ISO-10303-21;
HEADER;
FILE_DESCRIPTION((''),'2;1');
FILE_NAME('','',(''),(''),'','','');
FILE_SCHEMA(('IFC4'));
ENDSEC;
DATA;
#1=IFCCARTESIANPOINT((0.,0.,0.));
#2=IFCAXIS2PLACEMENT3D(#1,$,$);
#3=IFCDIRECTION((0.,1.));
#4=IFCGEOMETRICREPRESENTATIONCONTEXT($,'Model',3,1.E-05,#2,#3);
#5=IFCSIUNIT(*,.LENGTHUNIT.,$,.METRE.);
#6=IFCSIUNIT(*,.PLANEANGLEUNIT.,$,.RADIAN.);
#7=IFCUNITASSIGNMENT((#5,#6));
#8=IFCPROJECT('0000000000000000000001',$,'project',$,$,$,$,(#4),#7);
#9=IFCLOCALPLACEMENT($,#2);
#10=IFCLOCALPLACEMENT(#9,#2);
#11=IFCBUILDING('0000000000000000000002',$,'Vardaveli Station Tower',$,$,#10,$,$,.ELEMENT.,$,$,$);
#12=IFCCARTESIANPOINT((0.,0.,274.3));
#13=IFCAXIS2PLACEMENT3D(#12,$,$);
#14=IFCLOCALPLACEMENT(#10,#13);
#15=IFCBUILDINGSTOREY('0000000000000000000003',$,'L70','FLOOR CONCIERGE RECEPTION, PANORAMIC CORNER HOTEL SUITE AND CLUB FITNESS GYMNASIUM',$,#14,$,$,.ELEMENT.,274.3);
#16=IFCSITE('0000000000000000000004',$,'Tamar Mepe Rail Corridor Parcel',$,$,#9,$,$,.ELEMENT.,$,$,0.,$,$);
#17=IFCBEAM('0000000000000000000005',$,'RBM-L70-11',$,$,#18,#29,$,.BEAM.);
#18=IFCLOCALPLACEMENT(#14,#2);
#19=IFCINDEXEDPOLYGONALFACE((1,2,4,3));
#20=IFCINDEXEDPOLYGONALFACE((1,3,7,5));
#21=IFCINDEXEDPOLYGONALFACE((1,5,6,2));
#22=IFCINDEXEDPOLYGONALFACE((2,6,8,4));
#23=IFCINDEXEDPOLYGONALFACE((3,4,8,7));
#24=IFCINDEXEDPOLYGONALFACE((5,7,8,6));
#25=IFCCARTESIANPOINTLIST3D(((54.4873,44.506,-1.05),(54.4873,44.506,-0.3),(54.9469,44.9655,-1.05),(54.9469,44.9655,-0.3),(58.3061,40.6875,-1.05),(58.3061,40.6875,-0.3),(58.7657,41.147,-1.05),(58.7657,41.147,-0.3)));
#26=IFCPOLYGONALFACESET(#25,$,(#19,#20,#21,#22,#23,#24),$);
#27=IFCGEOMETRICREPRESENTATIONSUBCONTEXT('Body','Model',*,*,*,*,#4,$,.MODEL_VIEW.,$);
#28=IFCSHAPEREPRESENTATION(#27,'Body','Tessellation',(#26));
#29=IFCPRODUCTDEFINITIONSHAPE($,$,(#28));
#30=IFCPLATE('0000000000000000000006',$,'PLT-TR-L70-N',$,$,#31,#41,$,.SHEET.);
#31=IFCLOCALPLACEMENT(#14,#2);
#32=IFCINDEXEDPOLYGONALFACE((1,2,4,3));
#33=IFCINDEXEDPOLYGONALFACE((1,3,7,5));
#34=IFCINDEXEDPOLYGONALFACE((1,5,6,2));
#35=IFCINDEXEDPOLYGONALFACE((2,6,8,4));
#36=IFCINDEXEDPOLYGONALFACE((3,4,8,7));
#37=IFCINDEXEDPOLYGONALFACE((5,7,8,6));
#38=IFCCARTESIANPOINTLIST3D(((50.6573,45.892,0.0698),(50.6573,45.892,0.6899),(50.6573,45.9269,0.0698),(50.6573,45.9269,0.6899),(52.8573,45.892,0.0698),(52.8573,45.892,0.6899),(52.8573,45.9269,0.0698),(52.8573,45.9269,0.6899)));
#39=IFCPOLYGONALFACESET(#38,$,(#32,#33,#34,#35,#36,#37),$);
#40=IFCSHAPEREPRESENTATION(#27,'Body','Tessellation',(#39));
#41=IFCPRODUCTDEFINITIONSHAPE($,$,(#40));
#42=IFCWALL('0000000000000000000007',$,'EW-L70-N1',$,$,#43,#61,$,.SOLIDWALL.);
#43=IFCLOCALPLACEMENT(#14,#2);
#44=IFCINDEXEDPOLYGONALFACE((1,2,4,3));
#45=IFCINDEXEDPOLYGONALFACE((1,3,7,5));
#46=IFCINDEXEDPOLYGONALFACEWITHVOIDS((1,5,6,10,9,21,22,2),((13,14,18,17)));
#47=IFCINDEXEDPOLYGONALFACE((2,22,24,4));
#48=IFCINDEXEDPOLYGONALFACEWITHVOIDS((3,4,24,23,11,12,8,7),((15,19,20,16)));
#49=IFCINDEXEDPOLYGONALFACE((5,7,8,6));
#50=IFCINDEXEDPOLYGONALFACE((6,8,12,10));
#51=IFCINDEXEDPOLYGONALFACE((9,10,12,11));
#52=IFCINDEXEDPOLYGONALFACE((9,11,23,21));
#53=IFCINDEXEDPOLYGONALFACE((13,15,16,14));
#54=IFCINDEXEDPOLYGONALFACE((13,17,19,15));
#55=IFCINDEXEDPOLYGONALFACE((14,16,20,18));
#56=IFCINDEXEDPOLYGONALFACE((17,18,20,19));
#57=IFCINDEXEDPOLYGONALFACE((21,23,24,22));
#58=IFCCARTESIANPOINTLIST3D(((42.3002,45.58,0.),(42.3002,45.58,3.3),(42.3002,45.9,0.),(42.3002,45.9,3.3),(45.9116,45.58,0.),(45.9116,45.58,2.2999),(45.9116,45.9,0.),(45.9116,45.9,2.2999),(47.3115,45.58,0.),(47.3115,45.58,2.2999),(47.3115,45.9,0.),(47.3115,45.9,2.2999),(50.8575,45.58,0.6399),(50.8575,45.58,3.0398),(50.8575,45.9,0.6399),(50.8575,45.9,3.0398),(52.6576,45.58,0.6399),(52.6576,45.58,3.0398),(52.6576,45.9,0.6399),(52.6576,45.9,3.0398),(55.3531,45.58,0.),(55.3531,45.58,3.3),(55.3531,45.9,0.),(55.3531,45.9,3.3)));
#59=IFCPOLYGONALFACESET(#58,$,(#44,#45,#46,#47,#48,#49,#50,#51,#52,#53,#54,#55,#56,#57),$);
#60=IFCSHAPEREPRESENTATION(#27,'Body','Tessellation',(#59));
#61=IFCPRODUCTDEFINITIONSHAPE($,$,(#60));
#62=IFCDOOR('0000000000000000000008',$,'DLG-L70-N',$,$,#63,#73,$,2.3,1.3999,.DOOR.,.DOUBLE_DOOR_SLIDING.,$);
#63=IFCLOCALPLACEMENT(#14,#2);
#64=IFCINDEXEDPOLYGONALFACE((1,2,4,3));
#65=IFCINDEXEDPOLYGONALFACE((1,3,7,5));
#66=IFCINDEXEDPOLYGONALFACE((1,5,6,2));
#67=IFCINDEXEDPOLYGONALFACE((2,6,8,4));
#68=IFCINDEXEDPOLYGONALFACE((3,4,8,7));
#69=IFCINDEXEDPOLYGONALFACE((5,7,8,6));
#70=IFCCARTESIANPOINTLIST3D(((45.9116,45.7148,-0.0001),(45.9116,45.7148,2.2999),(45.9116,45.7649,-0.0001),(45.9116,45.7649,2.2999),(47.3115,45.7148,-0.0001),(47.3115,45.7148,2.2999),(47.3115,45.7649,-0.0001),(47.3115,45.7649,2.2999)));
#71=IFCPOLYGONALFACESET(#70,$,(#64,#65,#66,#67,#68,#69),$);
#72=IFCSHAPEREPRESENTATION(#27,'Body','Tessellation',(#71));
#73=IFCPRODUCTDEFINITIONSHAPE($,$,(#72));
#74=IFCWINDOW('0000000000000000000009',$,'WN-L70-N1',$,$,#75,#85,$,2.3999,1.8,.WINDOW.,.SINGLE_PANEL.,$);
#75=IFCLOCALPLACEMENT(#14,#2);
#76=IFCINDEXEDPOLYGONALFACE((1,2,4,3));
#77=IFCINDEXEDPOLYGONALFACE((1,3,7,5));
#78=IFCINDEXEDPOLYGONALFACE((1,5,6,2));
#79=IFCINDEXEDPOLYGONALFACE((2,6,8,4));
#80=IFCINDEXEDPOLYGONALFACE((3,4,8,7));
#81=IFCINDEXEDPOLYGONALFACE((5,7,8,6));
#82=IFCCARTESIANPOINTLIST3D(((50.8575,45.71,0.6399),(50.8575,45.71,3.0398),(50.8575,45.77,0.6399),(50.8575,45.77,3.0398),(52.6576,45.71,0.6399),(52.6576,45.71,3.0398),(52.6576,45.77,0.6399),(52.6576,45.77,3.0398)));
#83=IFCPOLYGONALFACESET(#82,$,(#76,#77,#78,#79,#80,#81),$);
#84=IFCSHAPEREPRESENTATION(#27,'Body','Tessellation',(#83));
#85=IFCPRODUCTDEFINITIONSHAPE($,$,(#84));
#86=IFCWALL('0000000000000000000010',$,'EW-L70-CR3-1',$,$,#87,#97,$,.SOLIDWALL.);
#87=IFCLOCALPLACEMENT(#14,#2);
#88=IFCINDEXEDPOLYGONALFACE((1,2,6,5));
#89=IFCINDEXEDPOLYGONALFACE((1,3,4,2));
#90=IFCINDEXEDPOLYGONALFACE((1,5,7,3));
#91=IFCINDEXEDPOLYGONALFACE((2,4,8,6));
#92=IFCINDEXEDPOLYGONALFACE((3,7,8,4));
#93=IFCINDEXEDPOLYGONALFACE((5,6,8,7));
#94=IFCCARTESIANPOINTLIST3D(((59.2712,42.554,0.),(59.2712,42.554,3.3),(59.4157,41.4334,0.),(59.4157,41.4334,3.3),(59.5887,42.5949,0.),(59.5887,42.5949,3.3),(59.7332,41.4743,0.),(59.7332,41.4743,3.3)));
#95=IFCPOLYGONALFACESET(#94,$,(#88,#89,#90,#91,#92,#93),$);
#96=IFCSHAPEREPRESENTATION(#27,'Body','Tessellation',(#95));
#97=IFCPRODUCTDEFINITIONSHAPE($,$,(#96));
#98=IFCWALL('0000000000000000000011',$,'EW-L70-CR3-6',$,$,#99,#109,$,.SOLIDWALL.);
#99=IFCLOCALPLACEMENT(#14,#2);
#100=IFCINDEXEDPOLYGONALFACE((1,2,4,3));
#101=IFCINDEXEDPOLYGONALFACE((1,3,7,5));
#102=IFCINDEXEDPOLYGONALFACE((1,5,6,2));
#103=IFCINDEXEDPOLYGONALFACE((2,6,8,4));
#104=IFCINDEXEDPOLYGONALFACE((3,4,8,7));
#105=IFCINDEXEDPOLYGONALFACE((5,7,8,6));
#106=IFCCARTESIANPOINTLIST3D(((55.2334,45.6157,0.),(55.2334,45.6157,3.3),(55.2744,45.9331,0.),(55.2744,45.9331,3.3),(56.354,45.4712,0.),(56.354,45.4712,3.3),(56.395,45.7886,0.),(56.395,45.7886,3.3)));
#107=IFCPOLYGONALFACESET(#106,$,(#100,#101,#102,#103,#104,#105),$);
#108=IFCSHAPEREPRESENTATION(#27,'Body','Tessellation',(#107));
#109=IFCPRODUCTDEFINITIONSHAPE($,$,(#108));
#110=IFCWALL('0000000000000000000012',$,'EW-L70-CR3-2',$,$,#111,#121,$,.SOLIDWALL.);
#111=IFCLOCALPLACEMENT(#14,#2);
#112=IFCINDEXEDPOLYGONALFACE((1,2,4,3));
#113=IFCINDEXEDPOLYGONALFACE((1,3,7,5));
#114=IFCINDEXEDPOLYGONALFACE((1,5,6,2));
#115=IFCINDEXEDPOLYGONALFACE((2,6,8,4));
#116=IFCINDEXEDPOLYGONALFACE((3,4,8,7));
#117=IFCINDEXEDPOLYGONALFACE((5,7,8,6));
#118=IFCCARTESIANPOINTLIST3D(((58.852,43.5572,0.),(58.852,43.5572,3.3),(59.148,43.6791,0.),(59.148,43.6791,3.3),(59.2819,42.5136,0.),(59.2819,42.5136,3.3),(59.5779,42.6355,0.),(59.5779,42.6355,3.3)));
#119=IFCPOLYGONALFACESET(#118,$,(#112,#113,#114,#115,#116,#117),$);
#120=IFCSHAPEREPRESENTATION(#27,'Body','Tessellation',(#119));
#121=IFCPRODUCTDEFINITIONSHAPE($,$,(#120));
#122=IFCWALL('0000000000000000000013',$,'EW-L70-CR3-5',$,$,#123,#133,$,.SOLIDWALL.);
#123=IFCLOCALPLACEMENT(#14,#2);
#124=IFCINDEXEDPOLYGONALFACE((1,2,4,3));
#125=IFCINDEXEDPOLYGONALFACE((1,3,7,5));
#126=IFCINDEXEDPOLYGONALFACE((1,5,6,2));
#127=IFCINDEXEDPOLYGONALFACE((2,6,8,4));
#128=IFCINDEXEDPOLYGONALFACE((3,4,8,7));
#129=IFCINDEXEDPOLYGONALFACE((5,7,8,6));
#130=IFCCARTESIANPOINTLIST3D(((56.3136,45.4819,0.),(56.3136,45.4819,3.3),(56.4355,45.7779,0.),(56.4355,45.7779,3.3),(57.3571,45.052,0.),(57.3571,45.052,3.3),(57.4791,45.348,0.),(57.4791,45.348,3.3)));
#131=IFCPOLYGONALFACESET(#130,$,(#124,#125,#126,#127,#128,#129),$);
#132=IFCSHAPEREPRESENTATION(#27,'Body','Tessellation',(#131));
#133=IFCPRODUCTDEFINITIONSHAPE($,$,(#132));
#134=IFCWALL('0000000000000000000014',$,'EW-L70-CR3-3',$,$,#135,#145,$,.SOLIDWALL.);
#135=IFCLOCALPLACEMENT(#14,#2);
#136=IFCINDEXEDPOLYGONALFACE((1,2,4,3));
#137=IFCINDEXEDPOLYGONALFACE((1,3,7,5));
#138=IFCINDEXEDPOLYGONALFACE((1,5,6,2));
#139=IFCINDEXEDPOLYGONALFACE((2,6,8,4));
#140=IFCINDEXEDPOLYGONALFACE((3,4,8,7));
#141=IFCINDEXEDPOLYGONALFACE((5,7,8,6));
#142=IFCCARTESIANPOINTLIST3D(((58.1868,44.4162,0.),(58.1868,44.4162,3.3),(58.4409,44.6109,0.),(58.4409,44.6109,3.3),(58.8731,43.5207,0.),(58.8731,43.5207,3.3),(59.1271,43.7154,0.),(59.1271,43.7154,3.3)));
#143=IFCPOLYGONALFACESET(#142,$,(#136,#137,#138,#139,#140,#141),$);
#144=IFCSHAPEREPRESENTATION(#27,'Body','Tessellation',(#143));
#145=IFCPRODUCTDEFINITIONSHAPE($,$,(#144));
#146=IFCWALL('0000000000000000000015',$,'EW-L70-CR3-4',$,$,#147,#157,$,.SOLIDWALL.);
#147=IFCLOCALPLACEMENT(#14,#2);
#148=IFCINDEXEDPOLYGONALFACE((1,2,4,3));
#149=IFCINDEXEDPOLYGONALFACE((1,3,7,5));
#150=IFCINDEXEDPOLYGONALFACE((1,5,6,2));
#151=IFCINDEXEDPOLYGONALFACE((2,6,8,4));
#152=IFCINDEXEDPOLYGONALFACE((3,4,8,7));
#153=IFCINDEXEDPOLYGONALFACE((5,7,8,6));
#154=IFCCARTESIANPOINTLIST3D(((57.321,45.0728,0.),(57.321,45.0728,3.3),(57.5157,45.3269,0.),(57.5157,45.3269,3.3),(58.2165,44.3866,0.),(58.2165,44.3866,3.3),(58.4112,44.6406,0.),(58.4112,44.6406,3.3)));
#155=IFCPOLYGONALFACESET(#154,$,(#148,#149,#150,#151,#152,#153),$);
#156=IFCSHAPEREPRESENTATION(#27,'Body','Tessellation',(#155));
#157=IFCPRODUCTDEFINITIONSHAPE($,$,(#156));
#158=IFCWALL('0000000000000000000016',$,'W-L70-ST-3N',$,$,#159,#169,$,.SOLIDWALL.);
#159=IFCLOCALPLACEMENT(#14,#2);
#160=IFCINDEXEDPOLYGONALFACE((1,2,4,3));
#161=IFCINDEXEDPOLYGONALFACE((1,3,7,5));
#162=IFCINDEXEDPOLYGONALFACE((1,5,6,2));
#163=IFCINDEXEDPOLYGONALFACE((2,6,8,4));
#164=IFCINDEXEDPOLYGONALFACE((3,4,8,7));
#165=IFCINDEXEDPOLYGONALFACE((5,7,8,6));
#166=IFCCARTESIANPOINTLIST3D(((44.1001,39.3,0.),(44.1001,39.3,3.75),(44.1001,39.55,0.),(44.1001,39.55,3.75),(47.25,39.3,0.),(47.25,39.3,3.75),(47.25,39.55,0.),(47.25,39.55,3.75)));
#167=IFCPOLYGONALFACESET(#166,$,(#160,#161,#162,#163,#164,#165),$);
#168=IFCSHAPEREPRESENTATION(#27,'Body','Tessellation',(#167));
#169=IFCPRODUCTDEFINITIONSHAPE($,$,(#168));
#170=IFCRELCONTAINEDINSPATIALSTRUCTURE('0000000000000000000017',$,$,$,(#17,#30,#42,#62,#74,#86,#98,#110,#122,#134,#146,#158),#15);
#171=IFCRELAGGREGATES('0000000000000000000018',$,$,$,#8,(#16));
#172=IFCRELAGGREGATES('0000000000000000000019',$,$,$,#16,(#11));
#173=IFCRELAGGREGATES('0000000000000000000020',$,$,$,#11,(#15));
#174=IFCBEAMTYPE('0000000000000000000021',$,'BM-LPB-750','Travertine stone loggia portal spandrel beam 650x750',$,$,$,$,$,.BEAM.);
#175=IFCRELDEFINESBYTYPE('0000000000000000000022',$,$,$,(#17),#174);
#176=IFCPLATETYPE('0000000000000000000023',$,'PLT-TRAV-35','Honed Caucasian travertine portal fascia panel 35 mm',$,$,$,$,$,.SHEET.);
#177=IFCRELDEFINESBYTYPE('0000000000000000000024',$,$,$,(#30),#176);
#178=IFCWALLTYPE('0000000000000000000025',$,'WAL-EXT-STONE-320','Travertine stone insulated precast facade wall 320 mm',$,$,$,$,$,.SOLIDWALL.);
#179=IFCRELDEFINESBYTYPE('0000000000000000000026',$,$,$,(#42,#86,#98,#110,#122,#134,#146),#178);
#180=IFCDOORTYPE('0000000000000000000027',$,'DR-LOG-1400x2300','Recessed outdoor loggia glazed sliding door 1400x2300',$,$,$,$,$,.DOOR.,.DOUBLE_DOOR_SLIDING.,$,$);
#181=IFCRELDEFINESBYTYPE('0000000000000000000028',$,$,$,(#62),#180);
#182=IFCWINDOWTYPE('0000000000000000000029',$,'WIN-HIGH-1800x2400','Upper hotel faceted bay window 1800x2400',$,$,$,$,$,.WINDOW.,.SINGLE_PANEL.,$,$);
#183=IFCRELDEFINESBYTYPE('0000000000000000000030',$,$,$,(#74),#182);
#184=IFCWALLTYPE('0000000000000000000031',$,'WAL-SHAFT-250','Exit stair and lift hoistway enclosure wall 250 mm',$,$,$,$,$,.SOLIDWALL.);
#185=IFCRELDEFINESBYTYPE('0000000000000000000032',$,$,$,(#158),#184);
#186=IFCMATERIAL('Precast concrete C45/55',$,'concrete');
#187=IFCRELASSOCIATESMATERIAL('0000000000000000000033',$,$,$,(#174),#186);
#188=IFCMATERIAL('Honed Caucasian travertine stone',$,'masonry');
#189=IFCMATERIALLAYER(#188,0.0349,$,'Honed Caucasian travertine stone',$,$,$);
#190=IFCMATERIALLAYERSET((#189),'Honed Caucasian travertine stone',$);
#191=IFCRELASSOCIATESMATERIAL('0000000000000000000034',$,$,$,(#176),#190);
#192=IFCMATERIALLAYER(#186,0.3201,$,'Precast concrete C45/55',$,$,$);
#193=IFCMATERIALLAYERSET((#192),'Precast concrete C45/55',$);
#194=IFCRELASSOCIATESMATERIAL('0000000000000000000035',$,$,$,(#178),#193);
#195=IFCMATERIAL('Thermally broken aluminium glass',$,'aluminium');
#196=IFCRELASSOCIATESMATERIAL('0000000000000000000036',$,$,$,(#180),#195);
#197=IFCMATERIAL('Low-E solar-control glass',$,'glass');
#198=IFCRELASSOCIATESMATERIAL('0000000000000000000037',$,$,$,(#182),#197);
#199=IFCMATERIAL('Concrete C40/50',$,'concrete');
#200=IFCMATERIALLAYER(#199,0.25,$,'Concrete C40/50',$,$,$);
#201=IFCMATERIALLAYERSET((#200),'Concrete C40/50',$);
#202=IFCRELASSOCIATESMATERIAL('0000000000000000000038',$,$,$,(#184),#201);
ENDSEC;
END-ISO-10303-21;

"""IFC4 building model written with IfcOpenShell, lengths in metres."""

from ifc_helpers import new_model, si_unit, direction, frame, frame_2d, origin, origin_2d, place, context, subcontext, project, spatial, rectangle, extrude, source, transform, mapped, material, layer, layer_set, material_profile, profile_set, type_object, element, fill, save


model = new_model("IFC4")

# Units and contexts
model_context = context("Model", 3, precision=1e-05, world=origin(), true_north=direction((0.0, 1.0)))
body_context = subcontext(model_context, "Body", "Model", "MODEL_VIEW")
ifc_project = project(units=[si_unit("LENGTHUNIT", "METRE"), si_unit("PLANEANGLEUNIT", "RADIAN")], contexts=[model_context])

# Site, building, storey
site_placement = place(None, origin())
site = spatial("IfcSite", under=ifc_project, at=site_placement, Name="Tamar Mepe Rail Corridor Parcel", CompositionType="ELEMENT", RefElevation=0.0)
building_placement = place(site_placement, origin())
building = spatial("IfcBuilding", under=site, at=building_placement, Name="Vardaveli Station Tower", CompositionType="ELEMENT")
storey_placement = place(building_placement, frame((0.0, 0.0, 274.3)))
storey = spatial("IfcBuildingStorey", under=building, at=storey_placement, Name="L70", Description="FLOOR CONCIERGE RECEPTION, PANORAMIC CORNER HOTEL SUITE AND CLUB FITNESS GYMNASIUM", CompositionType="ELEMENT", Elevation=274.3)

# Beam
ifc_material_1 = material(Name="Precast concrete C45/55", Category="concrete")
ifc_material_profile_1 = material_profile(ifc_material_1, rectangle(XDim=0.6499, YDim=0.75, at=origin_2d()), Name="LPB 650x750")
ifc_profile_set_1 = profile_set([ifc_material_profile_1], Name="Precast concrete C45/55")
beam_type = type_object("IfcBeamType", Name="BM-LPB-750", Description="Travertine stone loggia portal spandrel beam 650x750", PredefinedType="BEAM", material=ifc_profile_set_1)
shared_shape_1 = source(origin(), body_context, "Body", "SweptSolid", [
    extrude(rectangle(XDim=0.6499, YDim=0.75, at=origin_2d()), origin(), (0.0, 0.0, 1.0), 5.4004),
])
beam_1_placement = place(storey_placement, frame((58.5359, 40.9172, -0.675), z_axis=(-0.707129, 0.707084, 0.0), x_axis=(-0.707084, -0.707129, 0.0)))
element("IfcBeam", 1, at=beam_1_placement, inside=storey, type_object=beam_type, Name="RBM-L70-11", PredefinedType="BEAM", context=body_context, shape_type="MappedRepresentation", body=[
    mapped(shared_shape_1, transform((0.0, 0.0, 0.0), scale=1.0)),
])

# Plate
ifc_material_2 = material(Name="Honed Caucasian travertine stone", Category="masonry")
ifc_layer_1 = layer(ifc_material_2, 0.0349, Name="Honed Caucasian travertine stone")
ifc_layer_set_1 = layer_set([ifc_layer_1], Name="Honed Caucasian travertine stone")
plate_type = type_object("IfcPlateType", Name="PLT-TRAV-35", Description="Honed Caucasian travertine portal fascia panel 35 mm", PredefinedType="SHEET", material=ifc_layer_set_1)
shared_shape_2 = source(origin(), body_context, "Body", "SweptSolid", [
    extrude(rectangle(XDim=2.2, YDim=0.0349, at=origin_2d()), origin(), (0.0, 0.0, 1.0), 0.6201),
])
plate_placement = place(storey_placement, frame((51.7573, 45.9094, 0.0698), z_axis=(0.0, 0.0, 1.0), x_axis=(1.0, 0.0, 0.0)))
element("IfcPlate", 2, at=plate_placement, inside=storey, type_object=plate_type, Name="PLT-TR-L70-N", PredefinedType="SHEET", context=body_context, shape_type="MappedRepresentation", body=[
    mapped(shared_shape_2, transform((0.0, 0.0, 0.0), scale=1.0)),
])

# Wall, openings, door, window
ifc_layer_2 = layer(ifc_material_1, 0.3201, Name="Precast concrete C45/55")
ifc_layer_set_2 = layer_set([ifc_layer_2], Name="Precast concrete C45/55")
wall_type_1 = type_object("IfcWallType", Name="WAL-EXT-STONE-320", Description="Travertine stone insulated precast facade wall 320 mm", PredefinedType="SOLIDWALL", material=ifc_layer_set_2)
shared_shape_3 = source(origin(), body_context, "Body", "SweptSolid", [
    extrude(rectangle(XDim=13.053, YDim=0.3201, at=frame_2d((6.5264, 0.0))), origin(), (0.0, 0.0, 1.0), 3.3),
])
wall_1_placement = place(storey_placement, frame((55.353, 45.74, 0.0), z_axis=(0.0, 0.0, 1.0), x_axis=(-1.0, 0.0, 0.0)))
wall_1 = element("IfcWall", 3, at=wall_1_placement, inside=storey, type_object=wall_type_1, Name="EW-L70-N1", PredefinedType="SOLIDWALL", context=body_context, shape_type="MappedRepresentation", body=[
    mapped(shared_shape_3, transform((0.0, 0.0, 0.0), scale=1.0)),
])
shared_shape_4 = source(origin(), body_context, "Body", "SweptSolid", [
    extrude(rectangle(XDim=1.3999, YDim=2.3, at=frame_2d((0.7, 1.1499))), frame((0.0, 0.1699, 0.0), z_axis=(0.0, -1.0, 0.0), x_axis=(1.0, 0.0, 0.0)), (0.0, 0.0, 1.0), 0.3401),
])
opening_1_placement = place(wall_1_placement, frame((8.0415, 0.0, 0.0)))
opening_1 = element("IfcOpeningElement", 4, at=opening_1_placement, cuts=wall_1, PredefinedType="OPENING", context=body_context, shape_type="MappedRepresentation", body=[
    mapped(shared_shape_4, transform((0.0, 0.0, 0.0), scale=1.0)),
])
shared_shape_5 = source(origin(), body_context, "Body", "SweptSolid", [
    extrude(rectangle(XDim=1.8, YDim=2.3999, at=frame_2d((0.8999, 1.2))), frame((0.0, 0.1699, 0.0), z_axis=(0.0, -1.0, 0.0), x_axis=(1.0, 0.0, 0.0)), (0.0, 0.0, 1.0), 0.3401),
])
opening_2_placement = place(wall_1_placement, frame((2.6956, 0.0, 0.6399)))
opening_2 = element("IfcOpeningElement", 5, at=opening_2_placement, cuts=wall_1, PredefinedType="OPENING", context=body_context, shape_type="MappedRepresentation", body=[
    mapped(shared_shape_5, transform((0.0, 0.0, 0.0), scale=1.0)),
])
ifc_material_3 = material(Name="Thermally broken aluminium glass", Category="aluminium")
door_type = type_object("IfcDoorType", Name="DR-LOG-1400x2300", Description="Recessed outdoor loggia glazed sliding door 1400x2300", OperationType="DOUBLE_DOOR_SLIDING", PredefinedType="DOOR", material=ifc_material_3)
shared_shape_6 = source(origin(), body_context, "Body", "SweptSolid", [
    extrude(rectangle(XDim=1.3999, YDim=2.3, at=frame_2d((0.7, 1.1499))), frame((0.0, 0.0249, 0.0), z_axis=(0.0, -1.0, 0.0), x_axis=(1.0, 0.0, 0.0)), (0.0, 0.0, 1.0), 0.05),
])
door_placement = place(opening_1_placement, frame((1.3999, 0.0, 0.0), z_axis=(0.0, 0.0, 1.0), x_axis=(-1.0, 0.0, 0.0)))
door = element("IfcDoor", 6, at=door_placement, inside=storey, type_object=door_type, Name="DLG-L70-N", OperationType="DOUBLE_DOOR_SLIDING", OverallHeight=2.3, OverallWidth=1.3999, PredefinedType="DOOR", context=body_context, shape_type="MappedRepresentation", body=[
    mapped(shared_shape_6, transform((0.0, 0.0, 0.0), scale=1.0)),
])
fill(opening_1, door)
ifc_material_4 = material(Name="Low-E solar-control glass", Category="glass")
window_type = type_object("IfcWindowType", Name="WIN-HIGH-1800x2400", Description="Upper hotel faceted bay window 1800x2400", PartitioningType="SINGLE_PANEL", PredefinedType="WINDOW", material=ifc_material_4)
shared_shape_7 = source(origin(), body_context, "Body", "SweptSolid", [
    extrude(rectangle(XDim=1.8, YDim=2.3999, at=frame_2d((0.8999, 1.2))), frame((0.0, 0.03, 0.0), z_axis=(0.0, -1.0, 0.0), x_axis=(1.0, 0.0, 0.0)), (0.0, 0.0, 1.0), 0.0601),
])
window_placement = place(opening_2_placement, origin())
window = element("IfcWindow", 7, at=window_placement, inside=storey, type_object=window_type, Name="WN-L70-N1", OverallHeight=2.3999, OverallWidth=1.8, PartitioningType="SINGLE_PANEL", PredefinedType="WINDOW", context=body_context, shape_type="MappedRepresentation", body=[
    mapped(shared_shape_7, transform((0.0, 0.0, 0.0), scale=1.0)),
])
fill(opening_2, window)

# Walls
shared_shape_8 = source(origin(), body_context, "Body", "SweptSolid", [
    extrude(rectangle(XDim=1.1299, YDim=0.3201, at=frame_2d((0.5649, 0.0))), origin(), (0.0, 0.0, 1.0), 3.3),
])
for number, where, z_axis, x_axis, name in (
    (8, (59.5745, 41.4539, 0.0), (0.0, 0.0, 1.0), (-0.127916, 0.991785, 0.0), "EW-L70-CR3-1"),
    (9, (56.3745, 45.6299, 0.0), (0.0, 0.0, 1.0), (-0.991785, 0.127916, 0.0), "EW-L70-CR3-6"),
):
    element("IfcWall", number, at=place(storey_placement, frame(where, z_axis=z_axis, x_axis=x_axis)), inside=storey, type_object=wall_type_1, Name=name, PredefinedType="SOLIDWALL", context=body_context, shape_type="MappedRepresentation", body=[
        mapped(shared_shape_8, transform((0.0, 0.0, 0.0), scale=1.0)),
    ])
shared_shape_9 = source(origin(), body_context, "Body", "SweptSolid", [
    extrude(rectangle(XDim=1.1287, YDim=0.3201, at=frame_2d((0.5645, 0.0))), origin(), (0.0, 0.0, 1.0), 3.3),
])
for number, where, z_axis, x_axis, name in (
    (10, (59.4299, 42.5745, 0.0), (0.0, 0.0, 1.0), (-0.38088, 0.924624, 0.0), "EW-L70-CR3-2"),
    (11, (57.4182, 45.2, 0.0), (0.0, 0.0, 1.0), (-0.924624, 0.38088, 0.0), "EW-L70-CR3-5"),
):
    element("IfcWall", number, at=place(storey_placement, frame(where, z_axis=z_axis, x_axis=x_axis)), inside=storey, type_object=wall_type_1, Name=name, PredefinedType="SOLIDWALL", context=body_context, shape_type="MappedRepresentation", body=[
        mapped(shared_shape_9, transform((0.0, 0.0, 0.0), scale=1.0)),
    ])
shared_shape_10 = source(origin(), body_context, "Body", "SweptSolid", [
    extrude(rectangle(XDim=1.1282, YDim=0.3201, at=frame_2d((0.564, 0.0))), origin(), (0.0, 0.0, 1.0), 3.3),
])
for number, where, z_axis, x_axis, name in (
    (12, (59.0, 43.6182, 0.0), (0.0, 0.0, 1.0), (-0.608277, 0.793725, 0.0), "EW-L70-CR3-3"),
    (13, (58.3137, 44.5137, 0.0), (0.0, 0.0, 1.0), (-0.793725, 0.608277, 0.0), "EW-L70-CR3-4"),
):
    element("IfcWall", number, at=place(storey_placement, frame(where, z_axis=z_axis, x_axis=x_axis)), inside=storey, type_object=wall_type_1, Name=name, PredefinedType="SOLIDWALL", context=body_context, shape_type="MappedRepresentation", body=[
        mapped(shared_shape_10, transform((0.0, 0.0, 0.0), scale=1.0)),
    ])
ifc_material_5 = material(Name="Concrete C40/50", Category="concrete")
ifc_layer_3 = layer(ifc_material_5, 0.25, Name="Concrete C40/50")
ifc_layer_set_3 = layer_set([ifc_layer_3], Name="Concrete C40/50")
wall_type_2 = type_object("IfcWallType", Name="WAL-SHAFT-250", Description="Exit stair and lift hoistway enclosure wall 250 mm", PredefinedType="SOLIDWALL", material=ifc_layer_set_3)
shared_shape_11 = source(origin(), body_context, "Body", "SweptSolid", [
    extrude(rectangle(XDim=3.1499, YDim=0.25, at=frame_2d((1.575, 0.0))), origin(), (0.0, 0.0, 1.0), 3.75),
])
wall_2_placement = place(storey_placement, frame((44.1001, 39.425, 0.0), z_axis=(0.0, 0.0, 1.0), x_axis=(1.0, 0.0, 0.0)))
element("IfcWall", 14, at=wall_2_placement, inside=storey, type_object=wall_type_2, Name="W-L70-ST-3N", PredefinedType="SOLIDWALL", context=body_context, shape_type="MappedRepresentation", body=[
    mapped(shared_shape_11, transform((0.0, 0.0, 0.0), scale=1.0)),
])

save(model, "model.ifc")
